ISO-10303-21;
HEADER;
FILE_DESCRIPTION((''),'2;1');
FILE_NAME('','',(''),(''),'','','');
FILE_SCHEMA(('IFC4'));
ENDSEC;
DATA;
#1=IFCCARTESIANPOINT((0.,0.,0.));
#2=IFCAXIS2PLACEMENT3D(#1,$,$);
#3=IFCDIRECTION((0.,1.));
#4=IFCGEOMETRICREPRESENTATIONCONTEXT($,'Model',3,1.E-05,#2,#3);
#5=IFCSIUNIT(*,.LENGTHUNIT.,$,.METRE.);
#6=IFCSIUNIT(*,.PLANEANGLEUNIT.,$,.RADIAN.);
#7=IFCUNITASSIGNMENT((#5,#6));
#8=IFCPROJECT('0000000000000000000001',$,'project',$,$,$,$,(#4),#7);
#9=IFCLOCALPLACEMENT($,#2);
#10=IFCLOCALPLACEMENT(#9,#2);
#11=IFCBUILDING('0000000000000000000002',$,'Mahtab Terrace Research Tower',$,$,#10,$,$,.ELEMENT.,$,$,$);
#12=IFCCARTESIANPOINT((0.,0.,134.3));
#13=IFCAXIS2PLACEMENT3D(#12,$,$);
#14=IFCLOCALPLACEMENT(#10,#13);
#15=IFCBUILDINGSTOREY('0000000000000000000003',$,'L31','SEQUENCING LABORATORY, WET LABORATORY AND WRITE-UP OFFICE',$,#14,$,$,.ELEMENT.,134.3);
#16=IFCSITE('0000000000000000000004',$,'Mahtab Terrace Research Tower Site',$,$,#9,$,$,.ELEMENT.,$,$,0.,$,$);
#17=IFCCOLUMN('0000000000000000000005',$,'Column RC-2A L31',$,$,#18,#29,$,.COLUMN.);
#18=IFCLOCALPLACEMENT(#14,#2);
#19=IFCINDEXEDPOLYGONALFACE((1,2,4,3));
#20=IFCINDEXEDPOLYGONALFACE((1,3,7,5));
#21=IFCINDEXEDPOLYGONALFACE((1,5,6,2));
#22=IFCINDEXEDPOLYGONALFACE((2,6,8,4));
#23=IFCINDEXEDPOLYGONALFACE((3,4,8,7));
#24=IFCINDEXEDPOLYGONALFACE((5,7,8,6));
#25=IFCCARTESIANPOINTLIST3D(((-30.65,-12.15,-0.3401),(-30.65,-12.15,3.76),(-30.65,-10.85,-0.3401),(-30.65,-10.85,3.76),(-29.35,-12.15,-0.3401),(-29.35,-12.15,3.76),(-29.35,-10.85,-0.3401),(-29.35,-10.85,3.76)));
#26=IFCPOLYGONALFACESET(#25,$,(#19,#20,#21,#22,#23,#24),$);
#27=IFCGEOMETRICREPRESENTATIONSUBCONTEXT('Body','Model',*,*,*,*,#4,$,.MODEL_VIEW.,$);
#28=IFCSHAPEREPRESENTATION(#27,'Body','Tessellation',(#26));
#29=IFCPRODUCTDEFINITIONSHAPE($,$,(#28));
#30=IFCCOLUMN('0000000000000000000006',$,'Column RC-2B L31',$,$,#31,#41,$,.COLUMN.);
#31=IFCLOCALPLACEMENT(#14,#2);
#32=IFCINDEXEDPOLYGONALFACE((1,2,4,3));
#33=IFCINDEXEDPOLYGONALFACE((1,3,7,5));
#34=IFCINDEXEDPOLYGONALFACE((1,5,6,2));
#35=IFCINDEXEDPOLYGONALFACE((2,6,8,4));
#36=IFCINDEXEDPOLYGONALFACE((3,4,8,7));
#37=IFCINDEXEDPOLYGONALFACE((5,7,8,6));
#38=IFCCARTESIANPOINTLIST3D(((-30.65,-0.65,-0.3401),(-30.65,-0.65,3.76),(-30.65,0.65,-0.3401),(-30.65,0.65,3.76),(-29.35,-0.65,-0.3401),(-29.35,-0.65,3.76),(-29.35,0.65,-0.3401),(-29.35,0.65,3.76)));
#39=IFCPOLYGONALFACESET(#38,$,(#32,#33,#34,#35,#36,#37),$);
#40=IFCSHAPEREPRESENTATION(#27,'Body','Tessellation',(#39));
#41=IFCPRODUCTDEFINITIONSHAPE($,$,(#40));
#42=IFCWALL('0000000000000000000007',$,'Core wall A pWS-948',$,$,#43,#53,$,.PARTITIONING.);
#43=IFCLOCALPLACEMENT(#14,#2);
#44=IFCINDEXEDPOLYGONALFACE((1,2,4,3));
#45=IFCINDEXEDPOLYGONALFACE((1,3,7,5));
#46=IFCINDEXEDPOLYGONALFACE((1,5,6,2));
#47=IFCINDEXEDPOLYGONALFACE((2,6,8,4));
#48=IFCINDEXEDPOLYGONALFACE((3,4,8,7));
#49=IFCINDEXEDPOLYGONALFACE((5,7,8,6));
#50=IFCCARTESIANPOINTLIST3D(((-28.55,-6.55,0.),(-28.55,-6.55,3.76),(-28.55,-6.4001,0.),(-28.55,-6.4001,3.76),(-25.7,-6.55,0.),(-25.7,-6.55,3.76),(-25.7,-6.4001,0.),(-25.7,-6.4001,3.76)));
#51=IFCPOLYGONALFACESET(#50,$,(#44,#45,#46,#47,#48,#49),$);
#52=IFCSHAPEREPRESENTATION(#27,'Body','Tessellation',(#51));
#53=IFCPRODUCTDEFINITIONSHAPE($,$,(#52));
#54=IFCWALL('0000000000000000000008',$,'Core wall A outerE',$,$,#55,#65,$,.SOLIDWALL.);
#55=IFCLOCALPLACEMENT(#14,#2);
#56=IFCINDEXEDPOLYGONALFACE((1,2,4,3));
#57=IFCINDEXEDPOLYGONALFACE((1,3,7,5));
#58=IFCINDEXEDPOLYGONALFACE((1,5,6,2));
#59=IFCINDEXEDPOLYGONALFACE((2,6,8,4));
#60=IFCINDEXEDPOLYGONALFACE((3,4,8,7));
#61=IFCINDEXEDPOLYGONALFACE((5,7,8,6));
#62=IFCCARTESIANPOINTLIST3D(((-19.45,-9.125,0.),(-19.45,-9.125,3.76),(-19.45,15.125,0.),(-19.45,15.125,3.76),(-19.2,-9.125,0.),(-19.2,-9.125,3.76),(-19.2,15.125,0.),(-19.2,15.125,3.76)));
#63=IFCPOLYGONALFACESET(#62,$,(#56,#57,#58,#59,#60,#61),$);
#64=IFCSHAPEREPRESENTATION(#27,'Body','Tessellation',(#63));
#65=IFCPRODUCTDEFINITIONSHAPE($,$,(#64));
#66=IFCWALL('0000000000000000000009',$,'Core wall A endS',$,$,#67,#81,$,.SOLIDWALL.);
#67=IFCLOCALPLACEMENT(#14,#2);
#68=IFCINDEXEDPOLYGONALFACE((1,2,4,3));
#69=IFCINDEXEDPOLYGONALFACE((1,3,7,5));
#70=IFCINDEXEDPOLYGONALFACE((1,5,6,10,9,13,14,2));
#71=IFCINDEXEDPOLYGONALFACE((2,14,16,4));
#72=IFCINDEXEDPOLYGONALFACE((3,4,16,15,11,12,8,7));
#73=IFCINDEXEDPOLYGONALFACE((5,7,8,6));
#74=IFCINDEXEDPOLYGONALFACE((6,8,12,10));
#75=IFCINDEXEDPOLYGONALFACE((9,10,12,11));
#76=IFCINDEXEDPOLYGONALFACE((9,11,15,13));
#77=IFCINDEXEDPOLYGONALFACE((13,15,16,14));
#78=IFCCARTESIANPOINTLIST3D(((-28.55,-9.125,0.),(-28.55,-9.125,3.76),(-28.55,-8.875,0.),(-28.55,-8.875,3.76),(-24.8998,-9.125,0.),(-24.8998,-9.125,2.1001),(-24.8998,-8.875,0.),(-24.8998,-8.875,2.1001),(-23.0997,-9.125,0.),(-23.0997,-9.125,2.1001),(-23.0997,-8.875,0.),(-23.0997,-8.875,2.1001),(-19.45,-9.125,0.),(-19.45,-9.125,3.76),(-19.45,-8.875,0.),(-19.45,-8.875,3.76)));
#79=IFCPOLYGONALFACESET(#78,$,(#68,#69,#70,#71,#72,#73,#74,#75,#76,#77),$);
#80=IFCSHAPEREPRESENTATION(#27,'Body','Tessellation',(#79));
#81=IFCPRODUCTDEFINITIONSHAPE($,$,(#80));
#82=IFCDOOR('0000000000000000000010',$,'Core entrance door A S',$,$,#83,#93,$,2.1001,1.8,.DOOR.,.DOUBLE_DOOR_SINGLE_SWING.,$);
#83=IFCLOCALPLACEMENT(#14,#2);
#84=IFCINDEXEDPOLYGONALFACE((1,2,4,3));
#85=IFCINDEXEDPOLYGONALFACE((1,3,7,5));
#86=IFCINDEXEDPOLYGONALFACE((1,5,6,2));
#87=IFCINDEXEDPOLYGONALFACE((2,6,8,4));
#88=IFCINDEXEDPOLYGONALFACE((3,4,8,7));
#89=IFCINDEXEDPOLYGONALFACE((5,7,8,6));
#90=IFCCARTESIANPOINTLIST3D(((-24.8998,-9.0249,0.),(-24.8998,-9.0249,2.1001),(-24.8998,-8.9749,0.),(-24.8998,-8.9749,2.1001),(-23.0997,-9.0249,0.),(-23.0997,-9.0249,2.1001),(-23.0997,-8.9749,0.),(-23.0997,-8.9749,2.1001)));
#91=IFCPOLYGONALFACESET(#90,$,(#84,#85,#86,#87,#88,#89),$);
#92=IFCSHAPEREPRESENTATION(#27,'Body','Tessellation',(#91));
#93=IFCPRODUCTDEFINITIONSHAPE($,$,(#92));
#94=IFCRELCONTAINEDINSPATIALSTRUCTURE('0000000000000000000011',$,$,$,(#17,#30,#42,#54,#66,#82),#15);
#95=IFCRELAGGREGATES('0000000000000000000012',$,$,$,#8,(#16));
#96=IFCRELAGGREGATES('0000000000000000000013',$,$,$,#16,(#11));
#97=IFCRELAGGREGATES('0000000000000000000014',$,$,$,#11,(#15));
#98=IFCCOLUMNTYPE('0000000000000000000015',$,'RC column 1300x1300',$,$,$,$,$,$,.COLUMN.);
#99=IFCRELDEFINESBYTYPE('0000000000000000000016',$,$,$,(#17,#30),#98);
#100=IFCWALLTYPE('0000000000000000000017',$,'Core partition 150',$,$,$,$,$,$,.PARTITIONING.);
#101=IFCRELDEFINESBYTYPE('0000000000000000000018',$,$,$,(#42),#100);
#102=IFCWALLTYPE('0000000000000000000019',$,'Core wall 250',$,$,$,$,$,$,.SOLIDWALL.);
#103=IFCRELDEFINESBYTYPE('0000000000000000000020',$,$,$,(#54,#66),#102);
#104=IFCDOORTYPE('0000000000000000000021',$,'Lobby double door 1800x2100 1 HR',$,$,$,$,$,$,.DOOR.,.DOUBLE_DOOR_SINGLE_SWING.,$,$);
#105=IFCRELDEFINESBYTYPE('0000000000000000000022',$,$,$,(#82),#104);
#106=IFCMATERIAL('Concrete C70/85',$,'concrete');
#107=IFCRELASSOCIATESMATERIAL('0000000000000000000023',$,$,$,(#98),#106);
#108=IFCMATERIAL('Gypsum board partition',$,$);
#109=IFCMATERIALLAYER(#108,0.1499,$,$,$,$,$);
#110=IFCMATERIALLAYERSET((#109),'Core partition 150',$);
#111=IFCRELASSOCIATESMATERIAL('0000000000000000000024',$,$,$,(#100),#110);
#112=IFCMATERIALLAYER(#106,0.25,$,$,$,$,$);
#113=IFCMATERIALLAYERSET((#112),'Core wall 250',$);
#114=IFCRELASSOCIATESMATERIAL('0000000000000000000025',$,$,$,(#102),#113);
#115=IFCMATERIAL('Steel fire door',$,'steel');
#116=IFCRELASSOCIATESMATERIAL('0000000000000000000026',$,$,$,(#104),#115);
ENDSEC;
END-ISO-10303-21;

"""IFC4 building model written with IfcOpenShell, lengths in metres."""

from ifc_helpers import new_model, si_unit, direction, frame, frame_2d, origin, origin_2d, place, context, subcontext, project, spatial, rectangle, extrude, material, layer, layer_set, material_profile, profile_set, type_object, element, fill, save


model = new_model("IFC4")

# Units and contexts
model_context = context("Model", 3, precision=1e-05, world=origin(), true_north=direction((0.0, 1.0)))
body_context = subcontext(model_context, "Body", "Model", "MODEL_VIEW")
ifc_project = project(units=[si_unit("LENGTHUNIT", "METRE"), si_unit("PLANEANGLEUNIT", "RADIAN")], contexts=[model_context])

# Site, building, storey
site_placement = place(None, origin())
site = spatial("IfcSite", under=ifc_project, at=site_placement, Name="Mahtab Terrace Research Tower Site", CompositionType="ELEMENT", RefElevation=0.0)
building_placement = place(site_placement, origin())
building = spatial("IfcBuilding", under=site, at=building_placement, Name="Mahtab Terrace Research Tower", CompositionType="ELEMENT")
storey_placement = place(building_placement, frame((0.0, 0.0, 134.3)))
storey = spatial("IfcBuildingStorey", under=building, at=storey_placement, Name="L31", Description="SEQUENCING LABORATORY, WET LABORATORY AND WRITE-UP OFFICE", CompositionType="ELEMENT", Elevation=134.3)

# Columns
ifc_material_1 = material(Name="Concrete C70/85", Category="concrete")
ifc_material_profile = material_profile(ifc_material_1, rectangle(XDim=1.3, YDim=1.3, at=origin_2d()), Name="RC column 1300x1300")
ifc_profile_set = profile_set([ifc_material_profile], Name="Concrete C70/85")
column_type = type_object("IfcColumnType", Name="RC column 1300x1300", PredefinedType="COLUMN", material=ifc_profile_set)
for number, where, z_axis, x_axis, name in (
    (1, (-30.0, -11.5, -0.3401), (0.0, 0.0, 1.0), (1.0, 0.0, 0.0), "Column RC-2A L31"),
    (2, (-30.0, 0.0, -0.3401), (0.0, 0.0, 1.0), (1.0, 0.0, 0.0), "Column RC-2B L31"),
):
    element("IfcColumn", number, at=place(storey_placement, frame(where, z_axis=z_axis, x_axis=x_axis)), inside=storey, type_object=column_type, Name=name, PredefinedType="COLUMN", context=body_context, shape_type="SweptSolid", body=[
        extrude(rectangle(XDim=1.3, YDim=1.3, at=origin_2d()), origin(), (0.0, 0.0, 1.0), 4.1001),
    ])

# Walls
ifc_material_2 = material(Name="Gypsum board partition")
ifc_layer_1 = layer(ifc_material_2, 0.1499)
ifc_layer_set_1 = layer_set([ifc_layer_1], Name="Core partition 150")
wall_type_1 = type_object("IfcWallType", Name="Core partition 150", PredefinedType="PARTITIONING", material=ifc_layer_set_1)
wall_1_placement = place(storey_placement, frame((-28.55, -6.4751, 0.0), z_axis=(0.0, 0.0, 1.0), x_axis=(1.0, 0.0, 0.0)))
element("IfcWall", 3, at=wall_1_placement, inside=storey, type_object=wall_type_1, Name="Core wall A pWS-948", PredefinedType="PARTITIONING", context=body_context, shape_type="SweptSolid", body=[
    extrude(rectangle(XDim=2.8501, YDim=0.1499, at=frame_2d((1.425, 0.0))), origin(), (0.0, 0.0, 1.0), 3.76),
])
ifc_layer_2 = layer(ifc_material_1, 0.25)
ifc_layer_set_2 = layer_set([ifc_layer_2], Name="Core wall 250")
wall_type_2 = type_object("IfcWallType", Name="Core wall 250", PredefinedType="SOLIDWALL", material=ifc_layer_set_2)
wall_2_placement = place(storey_placement, frame((-19.325, -9.125, 0.0), z_axis=(0.0, 0.0, 1.0), x_axis=(0.0, 1.0, 0.0)))
element("IfcWall", 4, at=wall_2_placement, inside=storey, type_object=wall_type_2, Name="Core wall A outerE", PredefinedType="SOLIDWALL", context=body_context, shape_type="SweptSolid", body=[
    extrude(rectangle(XDim=24.25, YDim=0.25, at=frame_2d((12.125, 0.0))), origin(), (0.0, 0.0, 1.0), 3.76),
])

# Wall, opening, door
wall_3_placement = place(storey_placement, frame((-19.45, -9.0, 0.0), z_axis=(0.0, 0.0, 1.0), x_axis=(-1.0, 0.0, 0.0)))
wall_3 = element("IfcWall", 5, at=wall_3_placement, inside=storey, type_object=wall_type_2, Name="Core wall A endS", PredefinedType="SOLIDWALL", context=body_context, shape_type="SweptSolid", body=[
    extrude(rectangle(XDim=9.1001, YDim=0.25, at=frame_2d((4.55, 0.0))), origin(), (0.0, 0.0, 1.0), 3.76),
])
opening_1_placement = place(wall_3_placement, frame((3.6499, 0.0, 0.0)))
opening_1 = element("IfcOpeningElement", 6, at=opening_1_placement, cuts=wall_3, PredefinedType="OPENING", context=body_context, shape_type="SweptSolid", body=[
    extrude(rectangle(XDim=1.8, YDim=2.1001, at=frame_2d((0.8999, 1.05))), frame((0.0, 0.135, 0.0), z_axis=(0.0, -1.0, 0.0), x_axis=(1.0, 0.0, 0.0)), (0.0, 0.0, 1.0), 0.27),
])
ifc_material_3 = material(Name="Steel fire door", Category="steel")
door_type_1 = type_object("IfcDoorType", Name="Lobby double door 1800x2100 1 HR", OperationType="DOUBLE_DOOR_SINGLE_SWING", PredefinedType="DOOR", material=ifc_material_3)
door_1_placement = place(opening_1_placement, origin())
door_1 = element("IfcDoor", 7, at=door_1_placement, inside=storey, type_object=door_type_1, Name="Core entrance door A S", OperationType="DOUBLE_DOOR_SINGLE_SWING", OverallHeight=2.1001, OverallWidth=1.8, PredefinedType="DOOR", context=body_context, shape_type="SweptSolid", body=[
    extrude(rectangle(XDim=1.8, YDim=2.1001, at=frame_2d((0.8999, 1.05))), frame((0.0, 0.0249, 0.0), z_axis=(0.0, -1.0, 0.0), x_axis=(1.0, 0.0, 0.0)), (0.0, 0.0, 1.0), 0.05),
])
fill(opening_1, door_1)

save(model, "model.ifc")
